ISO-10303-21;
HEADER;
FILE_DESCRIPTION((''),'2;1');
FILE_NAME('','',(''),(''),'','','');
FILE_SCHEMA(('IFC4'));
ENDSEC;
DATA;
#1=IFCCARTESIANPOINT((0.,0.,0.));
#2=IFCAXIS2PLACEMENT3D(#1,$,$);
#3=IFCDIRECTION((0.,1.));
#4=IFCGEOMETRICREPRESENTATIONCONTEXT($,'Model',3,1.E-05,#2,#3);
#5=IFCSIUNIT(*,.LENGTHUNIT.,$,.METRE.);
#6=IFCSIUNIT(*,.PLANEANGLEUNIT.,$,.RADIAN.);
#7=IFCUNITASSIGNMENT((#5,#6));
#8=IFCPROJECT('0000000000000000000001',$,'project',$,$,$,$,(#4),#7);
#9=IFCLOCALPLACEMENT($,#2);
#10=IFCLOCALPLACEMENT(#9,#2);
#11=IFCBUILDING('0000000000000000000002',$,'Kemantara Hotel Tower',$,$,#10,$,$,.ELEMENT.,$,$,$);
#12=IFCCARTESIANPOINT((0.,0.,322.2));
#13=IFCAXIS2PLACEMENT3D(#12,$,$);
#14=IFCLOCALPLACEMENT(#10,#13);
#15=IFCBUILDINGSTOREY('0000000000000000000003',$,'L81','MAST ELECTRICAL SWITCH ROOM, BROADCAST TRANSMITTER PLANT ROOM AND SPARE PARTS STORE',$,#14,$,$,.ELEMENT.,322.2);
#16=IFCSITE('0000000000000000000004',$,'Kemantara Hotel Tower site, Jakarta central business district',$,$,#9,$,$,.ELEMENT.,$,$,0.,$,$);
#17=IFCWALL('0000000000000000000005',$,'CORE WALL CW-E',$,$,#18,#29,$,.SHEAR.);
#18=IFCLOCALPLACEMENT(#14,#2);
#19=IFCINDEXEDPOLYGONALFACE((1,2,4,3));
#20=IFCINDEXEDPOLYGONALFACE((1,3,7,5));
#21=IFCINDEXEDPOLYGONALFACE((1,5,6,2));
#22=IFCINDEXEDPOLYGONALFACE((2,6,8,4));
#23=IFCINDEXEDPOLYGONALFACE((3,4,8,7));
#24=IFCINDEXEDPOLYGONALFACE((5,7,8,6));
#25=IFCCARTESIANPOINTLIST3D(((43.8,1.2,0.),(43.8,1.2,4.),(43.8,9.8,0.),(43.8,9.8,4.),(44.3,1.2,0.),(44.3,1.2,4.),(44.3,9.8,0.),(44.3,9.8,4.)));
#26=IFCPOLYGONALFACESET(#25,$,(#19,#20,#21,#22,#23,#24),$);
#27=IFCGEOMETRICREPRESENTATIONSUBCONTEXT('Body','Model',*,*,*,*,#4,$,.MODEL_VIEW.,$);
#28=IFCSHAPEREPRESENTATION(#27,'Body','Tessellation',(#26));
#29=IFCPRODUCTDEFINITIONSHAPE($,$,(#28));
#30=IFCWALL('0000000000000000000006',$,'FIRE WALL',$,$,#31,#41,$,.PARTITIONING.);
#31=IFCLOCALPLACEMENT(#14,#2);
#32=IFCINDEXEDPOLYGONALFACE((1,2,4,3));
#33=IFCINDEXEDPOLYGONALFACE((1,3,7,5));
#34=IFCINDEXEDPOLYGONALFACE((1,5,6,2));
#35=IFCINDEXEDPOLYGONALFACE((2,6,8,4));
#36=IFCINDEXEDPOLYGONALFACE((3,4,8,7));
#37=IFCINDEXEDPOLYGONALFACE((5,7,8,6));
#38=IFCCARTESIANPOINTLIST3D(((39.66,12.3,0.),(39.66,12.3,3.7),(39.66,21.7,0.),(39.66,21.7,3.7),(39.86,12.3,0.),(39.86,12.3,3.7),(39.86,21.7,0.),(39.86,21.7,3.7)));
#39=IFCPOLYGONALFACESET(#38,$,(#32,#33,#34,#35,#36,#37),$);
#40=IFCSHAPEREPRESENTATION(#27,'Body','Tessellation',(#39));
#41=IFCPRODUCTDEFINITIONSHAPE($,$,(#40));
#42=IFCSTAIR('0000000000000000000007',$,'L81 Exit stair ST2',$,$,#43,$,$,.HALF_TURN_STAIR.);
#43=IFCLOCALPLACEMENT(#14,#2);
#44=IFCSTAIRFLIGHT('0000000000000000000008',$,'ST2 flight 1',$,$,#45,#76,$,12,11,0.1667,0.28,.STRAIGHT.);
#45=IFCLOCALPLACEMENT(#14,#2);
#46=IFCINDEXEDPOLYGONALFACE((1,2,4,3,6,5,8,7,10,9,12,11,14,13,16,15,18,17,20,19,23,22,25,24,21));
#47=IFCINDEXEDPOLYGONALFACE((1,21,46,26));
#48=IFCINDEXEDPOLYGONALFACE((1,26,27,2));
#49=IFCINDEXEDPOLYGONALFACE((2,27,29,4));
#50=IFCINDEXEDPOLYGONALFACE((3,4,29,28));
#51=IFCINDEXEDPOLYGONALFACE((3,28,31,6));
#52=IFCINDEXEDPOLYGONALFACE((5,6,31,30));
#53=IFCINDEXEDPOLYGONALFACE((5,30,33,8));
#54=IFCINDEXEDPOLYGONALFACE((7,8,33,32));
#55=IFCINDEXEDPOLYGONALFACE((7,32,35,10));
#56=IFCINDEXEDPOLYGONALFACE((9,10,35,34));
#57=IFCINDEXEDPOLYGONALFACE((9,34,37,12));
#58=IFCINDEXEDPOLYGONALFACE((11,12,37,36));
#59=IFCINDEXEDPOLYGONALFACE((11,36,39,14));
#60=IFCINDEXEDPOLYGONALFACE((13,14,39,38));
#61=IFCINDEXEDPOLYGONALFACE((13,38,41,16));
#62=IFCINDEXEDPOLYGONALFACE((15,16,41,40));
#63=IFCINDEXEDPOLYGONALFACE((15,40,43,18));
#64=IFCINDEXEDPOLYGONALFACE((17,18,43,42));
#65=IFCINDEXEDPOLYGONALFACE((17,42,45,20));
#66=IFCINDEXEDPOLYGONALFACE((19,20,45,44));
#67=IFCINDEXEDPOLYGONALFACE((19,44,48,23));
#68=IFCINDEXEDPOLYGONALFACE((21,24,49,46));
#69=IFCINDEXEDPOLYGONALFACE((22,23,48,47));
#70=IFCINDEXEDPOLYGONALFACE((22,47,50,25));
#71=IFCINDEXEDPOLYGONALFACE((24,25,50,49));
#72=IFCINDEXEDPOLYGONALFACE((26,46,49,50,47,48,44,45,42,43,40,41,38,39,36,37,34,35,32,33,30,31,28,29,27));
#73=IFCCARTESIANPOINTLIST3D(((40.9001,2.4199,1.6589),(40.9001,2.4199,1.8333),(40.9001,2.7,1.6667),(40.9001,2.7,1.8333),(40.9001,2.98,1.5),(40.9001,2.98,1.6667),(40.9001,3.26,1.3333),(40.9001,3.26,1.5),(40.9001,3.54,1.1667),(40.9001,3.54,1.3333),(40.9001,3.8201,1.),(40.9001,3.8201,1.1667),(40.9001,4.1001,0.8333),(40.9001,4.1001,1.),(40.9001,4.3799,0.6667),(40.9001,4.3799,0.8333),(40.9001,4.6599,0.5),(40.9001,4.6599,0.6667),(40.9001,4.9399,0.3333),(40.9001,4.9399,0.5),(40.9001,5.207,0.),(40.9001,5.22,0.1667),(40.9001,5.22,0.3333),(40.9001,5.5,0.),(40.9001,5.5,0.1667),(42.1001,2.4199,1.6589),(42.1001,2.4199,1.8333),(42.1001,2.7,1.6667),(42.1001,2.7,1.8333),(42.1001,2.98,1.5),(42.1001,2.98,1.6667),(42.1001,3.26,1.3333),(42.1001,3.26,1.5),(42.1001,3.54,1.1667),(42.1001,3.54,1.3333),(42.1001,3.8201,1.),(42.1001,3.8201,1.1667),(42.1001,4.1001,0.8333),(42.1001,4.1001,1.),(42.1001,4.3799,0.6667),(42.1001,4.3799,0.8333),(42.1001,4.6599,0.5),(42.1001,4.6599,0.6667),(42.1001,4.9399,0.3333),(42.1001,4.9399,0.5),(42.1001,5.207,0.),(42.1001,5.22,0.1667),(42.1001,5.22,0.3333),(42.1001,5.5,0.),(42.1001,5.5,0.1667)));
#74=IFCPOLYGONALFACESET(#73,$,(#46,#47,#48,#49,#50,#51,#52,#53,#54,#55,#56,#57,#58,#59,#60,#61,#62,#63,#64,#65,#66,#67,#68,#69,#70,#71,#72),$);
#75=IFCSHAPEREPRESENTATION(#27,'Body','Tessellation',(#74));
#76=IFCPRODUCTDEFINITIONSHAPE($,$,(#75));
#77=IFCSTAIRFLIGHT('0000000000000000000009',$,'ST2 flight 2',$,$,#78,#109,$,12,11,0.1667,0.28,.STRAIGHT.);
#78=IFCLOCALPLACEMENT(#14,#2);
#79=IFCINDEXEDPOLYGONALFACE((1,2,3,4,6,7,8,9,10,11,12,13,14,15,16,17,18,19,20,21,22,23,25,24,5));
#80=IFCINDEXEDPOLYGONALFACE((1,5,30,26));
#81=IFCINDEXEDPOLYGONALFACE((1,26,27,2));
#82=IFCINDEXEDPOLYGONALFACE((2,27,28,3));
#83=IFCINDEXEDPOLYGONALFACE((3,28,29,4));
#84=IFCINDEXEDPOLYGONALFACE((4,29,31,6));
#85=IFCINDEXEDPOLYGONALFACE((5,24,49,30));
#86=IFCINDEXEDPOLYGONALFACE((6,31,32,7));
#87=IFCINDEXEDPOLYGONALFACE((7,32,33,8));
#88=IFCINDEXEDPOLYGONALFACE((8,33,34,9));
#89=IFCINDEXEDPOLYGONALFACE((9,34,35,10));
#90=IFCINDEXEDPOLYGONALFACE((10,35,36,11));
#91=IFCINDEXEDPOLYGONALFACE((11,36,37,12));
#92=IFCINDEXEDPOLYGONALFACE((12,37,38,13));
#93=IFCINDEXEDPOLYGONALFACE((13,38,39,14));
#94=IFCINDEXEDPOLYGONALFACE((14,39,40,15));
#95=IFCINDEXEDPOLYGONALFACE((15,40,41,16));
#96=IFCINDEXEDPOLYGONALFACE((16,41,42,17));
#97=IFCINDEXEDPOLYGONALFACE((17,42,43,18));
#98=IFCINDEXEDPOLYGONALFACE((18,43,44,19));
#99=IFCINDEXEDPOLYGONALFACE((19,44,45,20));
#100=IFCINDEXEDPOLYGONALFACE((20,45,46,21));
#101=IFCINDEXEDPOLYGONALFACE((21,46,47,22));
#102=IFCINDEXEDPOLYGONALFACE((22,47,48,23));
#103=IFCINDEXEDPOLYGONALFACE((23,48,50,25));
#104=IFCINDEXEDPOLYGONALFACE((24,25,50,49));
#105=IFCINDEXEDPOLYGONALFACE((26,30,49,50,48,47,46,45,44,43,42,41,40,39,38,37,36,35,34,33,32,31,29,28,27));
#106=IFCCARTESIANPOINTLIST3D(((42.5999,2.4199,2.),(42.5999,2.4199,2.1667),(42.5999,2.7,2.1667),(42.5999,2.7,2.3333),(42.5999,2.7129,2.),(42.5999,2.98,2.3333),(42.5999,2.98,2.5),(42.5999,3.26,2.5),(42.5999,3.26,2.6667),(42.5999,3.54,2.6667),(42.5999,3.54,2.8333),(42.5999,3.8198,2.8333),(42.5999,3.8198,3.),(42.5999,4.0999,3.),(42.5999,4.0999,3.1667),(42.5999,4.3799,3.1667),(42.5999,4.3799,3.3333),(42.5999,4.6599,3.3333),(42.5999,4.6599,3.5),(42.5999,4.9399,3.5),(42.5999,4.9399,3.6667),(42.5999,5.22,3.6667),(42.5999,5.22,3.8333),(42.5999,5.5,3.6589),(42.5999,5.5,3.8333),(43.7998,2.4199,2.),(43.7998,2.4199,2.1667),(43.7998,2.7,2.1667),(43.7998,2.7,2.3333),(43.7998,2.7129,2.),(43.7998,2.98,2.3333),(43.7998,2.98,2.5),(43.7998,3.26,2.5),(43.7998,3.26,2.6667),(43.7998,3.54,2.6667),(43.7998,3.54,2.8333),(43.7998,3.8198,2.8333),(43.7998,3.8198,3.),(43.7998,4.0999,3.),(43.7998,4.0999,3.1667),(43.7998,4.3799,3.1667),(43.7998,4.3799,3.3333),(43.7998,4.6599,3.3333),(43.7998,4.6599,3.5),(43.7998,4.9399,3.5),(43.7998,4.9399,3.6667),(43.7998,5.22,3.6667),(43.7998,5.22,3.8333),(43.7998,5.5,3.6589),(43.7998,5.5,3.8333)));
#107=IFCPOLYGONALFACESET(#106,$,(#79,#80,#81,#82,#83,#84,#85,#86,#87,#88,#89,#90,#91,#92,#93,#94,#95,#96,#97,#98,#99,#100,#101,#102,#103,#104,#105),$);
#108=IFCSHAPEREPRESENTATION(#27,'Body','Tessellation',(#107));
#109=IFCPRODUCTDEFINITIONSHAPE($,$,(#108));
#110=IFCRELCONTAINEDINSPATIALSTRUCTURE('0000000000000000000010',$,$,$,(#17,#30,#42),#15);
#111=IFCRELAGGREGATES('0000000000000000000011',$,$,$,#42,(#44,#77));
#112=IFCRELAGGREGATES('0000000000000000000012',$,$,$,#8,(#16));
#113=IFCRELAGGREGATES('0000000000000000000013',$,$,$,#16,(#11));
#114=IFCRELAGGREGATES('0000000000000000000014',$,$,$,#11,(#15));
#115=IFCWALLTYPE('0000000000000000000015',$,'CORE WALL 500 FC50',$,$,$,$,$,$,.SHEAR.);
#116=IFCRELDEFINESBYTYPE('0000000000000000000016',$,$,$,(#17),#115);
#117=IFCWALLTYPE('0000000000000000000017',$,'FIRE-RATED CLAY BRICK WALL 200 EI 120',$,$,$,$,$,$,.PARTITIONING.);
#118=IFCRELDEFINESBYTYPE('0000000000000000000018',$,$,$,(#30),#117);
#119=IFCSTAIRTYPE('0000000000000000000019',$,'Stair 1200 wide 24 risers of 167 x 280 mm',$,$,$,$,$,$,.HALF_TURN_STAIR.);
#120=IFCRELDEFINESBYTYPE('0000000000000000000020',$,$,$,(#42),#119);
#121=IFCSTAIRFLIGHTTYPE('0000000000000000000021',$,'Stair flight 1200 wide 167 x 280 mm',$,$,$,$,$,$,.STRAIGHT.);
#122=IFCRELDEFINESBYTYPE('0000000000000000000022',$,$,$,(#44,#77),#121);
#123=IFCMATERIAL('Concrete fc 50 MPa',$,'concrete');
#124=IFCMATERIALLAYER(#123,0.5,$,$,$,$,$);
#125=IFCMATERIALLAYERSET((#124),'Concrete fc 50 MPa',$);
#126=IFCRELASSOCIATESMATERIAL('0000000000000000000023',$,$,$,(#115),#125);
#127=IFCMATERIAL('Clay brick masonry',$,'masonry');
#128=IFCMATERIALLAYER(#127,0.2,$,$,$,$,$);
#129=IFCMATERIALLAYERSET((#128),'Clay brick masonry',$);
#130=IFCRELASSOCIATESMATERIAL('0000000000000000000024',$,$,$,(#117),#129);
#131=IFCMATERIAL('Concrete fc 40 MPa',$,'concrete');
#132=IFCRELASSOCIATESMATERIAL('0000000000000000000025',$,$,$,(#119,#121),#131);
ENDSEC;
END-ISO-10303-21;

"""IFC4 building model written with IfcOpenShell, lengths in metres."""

from ifc_helpers import new_model, si_unit, direction, frame, frame_2d, origin, place, context, subcontext, project, spatial, polyline, rectangle, outline, extrude, material, layer, layer_set, type_object, element, aggregate, save


model = new_model("IFC4")

# Units and contexts
model_context = context("Model", 3, precision=1e-05, world=origin(), true_north=direction((0.0, 1.0)))
body_context = subcontext(model_context, "Body", "Model", "MODEL_VIEW")
ifc_project = project(units=[si_unit("LENGTHUNIT", "METRE"), si_unit("PLANEANGLEUNIT", "RADIAN")], contexts=[model_context])

# Site, building, storey
site_placement = place(None, origin())
site = spatial("IfcSite", under=ifc_project, at=site_placement, Name="Kemantara Hotel Tower site, Jakarta central business district", CompositionType="ELEMENT", RefElevation=0.0)
building_placement = place(site_placement, origin())
building = spatial("IfcBuilding", under=site, at=building_placement, Name="Kemantara Hotel Tower", CompositionType="ELEMENT")
storey_placement = place(building_placement, frame((0.0, 0.0, 322.2)))
storey = spatial("IfcBuildingStorey", under=building, at=storey_placement, Name="L81", Description="MAST ELECTRICAL SWITCH ROOM, BROADCAST TRANSMITTER PLANT ROOM AND SPARE PARTS STORE", CompositionType="ELEMENT", Elevation=322.2)

# Shared definitions
ifc_material_1 = material(Name="Concrete fc 50 MPa", Category="concrete")

# Walls
ifc_layer_1 = layer(ifc_material_1, 0.5)
ifc_layer_set_1 = layer_set([ifc_layer_1], Name="Concrete fc 50 MPa")
wall_type_1 = type_object("IfcWallType", Name="CORE WALL 500 FC50", PredefinedType="SHEAR", material=ifc_layer_set_1)
wall_1_placement = place(storey_placement, frame((44.05, 1.2, 0.0), z_axis=(0.0, 0.0, 1.0), x_axis=(0.0, 1.0, 0.0)))
element("IfcWall", 1, at=wall_1_placement, inside=storey, type_object=wall_type_1, Name="CORE WALL CW-E", PredefinedType="SHEAR", context=body_context, shape_type="SweptSolid", body=[
    extrude(rectangle(XDim=8.6001, YDim=0.5, at=frame_2d((4.3, 0.0))), origin(), (0.0, 0.0, 1.0), 4.0),
])
ifc_material_2 = material(Name="Clay brick masonry", Category="masonry")
ifc_layer_2 = layer(ifc_material_2, 0.2)
ifc_layer_set_2 = layer_set([ifc_layer_2], Name="Clay brick masonry")
wall_type_2 = type_object("IfcWallType", Name="FIRE-RATED CLAY BRICK WALL 200 EI 120", PredefinedType="PARTITIONING", material=ifc_layer_set_2)
wall_2_placement = place(storey_placement, frame((39.76, 12.3, 0.0), z_axis=(0.0, 0.0, 1.0), x_axis=(0.0, 1.0, 0.0)))
element("IfcWall", 2, at=wall_2_placement, inside=storey, type_object=wall_type_2, Name="FIRE WALL", PredefinedType="PARTITIONING", context=body_context, shape_type="SweptSolid", body=[
    extrude(rectangle(XDim=9.3999, YDim=0.2, at=frame_2d((4.7, 0.0))), origin(), (0.0, 0.0, 1.0), 3.7),
])

# Stair, stair flights
ifc_material_3 = material(Name="Concrete fc 40 MPa", Category="concrete")
stair_type = type_object("IfcStairType", Name="Stair 1200 wide 24 risers of 167 x 280 mm", PredefinedType="HALF_TURN_STAIR", material=ifc_material_3)
stair_placement = place(storey_placement, origin())
stair = element("IfcStair", 3, at=stair_placement, inside=storey, type_object=stair_type, Name="L81 Exit stair ST2", PredefinedType="HALF_TURN_STAIR")
stair_flight_type = type_object("IfcStairFlightType", Name="Stair flight 1200 wide 167 x 280 mm", PredefinedType="STRAIGHT", material=ifc_material_3)
stair_flight_1_placement = place(storey_placement, frame((41.5, 5.5, 0.0), z_axis=(0.0, 0.0, 1.0), x_axis=(0.0, -1.0, 0.0)))
stair_flight_1 = element("IfcStairFlight", 4, at=stair_flight_1_placement, type_object=stair_flight_type, Name="ST2 flight 1", NumberOfRisers=12, NumberOfTreads=11, PredefinedType="STRAIGHT", RiserHeight=0.1667, TreadLength=0.28, context=body_context, shape_type="SweptSolid", body=[
    extrude(outline(polyline([(0.0, 0.0), (0.0, 0.1667), (0.28, 0.1667), (0.28, 0.3333), (0.5601, 0.3333), (0.5601, 0.5), (0.8401, 0.5), (0.8401, 0.6667), (1.1201, 0.6667), (1.1201, 0.8333), (1.3999, 0.8333), (1.3999, 1.0), (1.6799, 1.0), (1.6799, 1.1667), (1.96, 1.1667), (1.96, 1.3333), (2.24, 1.3333), (2.24, 1.5), (2.52, 1.5), (2.52, 1.6667), (2.8, 1.6667), (2.8, 1.8333), (3.0801, 1.8333), (3.0801, 2.0), (3.0801, 1.6589), (0.293, 0.0), (0.0, 0.0)])), frame((0.0, 0.6001, 0.0), z_axis=(0.0, -1.0, 0.0), x_axis=(1.0, 0.0, 0.0)), (0.0, 0.0, 1.0), 1.2),
])
stair_flight_2_placement = place(storey_placement, frame((43.2, 2.4199, 2.0), z_axis=(0.0, 0.0, 1.0), x_axis=(0.0, 1.0, 0.0)))
stair_flight_2 = element("IfcStairFlight", 5, at=stair_flight_2_placement, type_object=stair_flight_type, Name="ST2 flight 2", NumberOfRisers=12, NumberOfTreads=11, PredefinedType="STRAIGHT", RiserHeight=0.1667, TreadLength=0.28, context=body_context, shape_type="SweptSolid", body=[
    extrude(outline(polyline([(0.0, 0.0), (0.0, 0.1667), (0.28, 0.1667), (0.28, 0.3333), (0.5601, 0.3333), (0.5601, 0.5), (0.8401, 0.5), (0.8401, 0.6667), (1.1201, 0.6667), (1.1201, 0.8333), (1.3999, 0.8333), (1.3999, 1.0), (1.6799, 1.0), (1.6799, 1.1667), (1.96, 1.1667), (1.96, 1.3333), (2.24, 1.3333), (2.24, 1.5), (2.52, 1.5), (2.52, 1.6667), (2.8, 1.6667), (2.8, 1.8333), (3.0801, 1.8333), (3.0801, 2.0), (3.0801, 1.6589), (0.293, 0.0), (0.0, 0.0)])), frame((0.0, 0.6001, 0.0), z_axis=(0.0, -1.0, 0.0), x_axis=(1.0, 0.0, 0.0)), (0.0, 0.0, 1.0), 1.2),
])
aggregate(stair, [stair_flight_1, stair_flight_2])

save(model, "model.ifc")
